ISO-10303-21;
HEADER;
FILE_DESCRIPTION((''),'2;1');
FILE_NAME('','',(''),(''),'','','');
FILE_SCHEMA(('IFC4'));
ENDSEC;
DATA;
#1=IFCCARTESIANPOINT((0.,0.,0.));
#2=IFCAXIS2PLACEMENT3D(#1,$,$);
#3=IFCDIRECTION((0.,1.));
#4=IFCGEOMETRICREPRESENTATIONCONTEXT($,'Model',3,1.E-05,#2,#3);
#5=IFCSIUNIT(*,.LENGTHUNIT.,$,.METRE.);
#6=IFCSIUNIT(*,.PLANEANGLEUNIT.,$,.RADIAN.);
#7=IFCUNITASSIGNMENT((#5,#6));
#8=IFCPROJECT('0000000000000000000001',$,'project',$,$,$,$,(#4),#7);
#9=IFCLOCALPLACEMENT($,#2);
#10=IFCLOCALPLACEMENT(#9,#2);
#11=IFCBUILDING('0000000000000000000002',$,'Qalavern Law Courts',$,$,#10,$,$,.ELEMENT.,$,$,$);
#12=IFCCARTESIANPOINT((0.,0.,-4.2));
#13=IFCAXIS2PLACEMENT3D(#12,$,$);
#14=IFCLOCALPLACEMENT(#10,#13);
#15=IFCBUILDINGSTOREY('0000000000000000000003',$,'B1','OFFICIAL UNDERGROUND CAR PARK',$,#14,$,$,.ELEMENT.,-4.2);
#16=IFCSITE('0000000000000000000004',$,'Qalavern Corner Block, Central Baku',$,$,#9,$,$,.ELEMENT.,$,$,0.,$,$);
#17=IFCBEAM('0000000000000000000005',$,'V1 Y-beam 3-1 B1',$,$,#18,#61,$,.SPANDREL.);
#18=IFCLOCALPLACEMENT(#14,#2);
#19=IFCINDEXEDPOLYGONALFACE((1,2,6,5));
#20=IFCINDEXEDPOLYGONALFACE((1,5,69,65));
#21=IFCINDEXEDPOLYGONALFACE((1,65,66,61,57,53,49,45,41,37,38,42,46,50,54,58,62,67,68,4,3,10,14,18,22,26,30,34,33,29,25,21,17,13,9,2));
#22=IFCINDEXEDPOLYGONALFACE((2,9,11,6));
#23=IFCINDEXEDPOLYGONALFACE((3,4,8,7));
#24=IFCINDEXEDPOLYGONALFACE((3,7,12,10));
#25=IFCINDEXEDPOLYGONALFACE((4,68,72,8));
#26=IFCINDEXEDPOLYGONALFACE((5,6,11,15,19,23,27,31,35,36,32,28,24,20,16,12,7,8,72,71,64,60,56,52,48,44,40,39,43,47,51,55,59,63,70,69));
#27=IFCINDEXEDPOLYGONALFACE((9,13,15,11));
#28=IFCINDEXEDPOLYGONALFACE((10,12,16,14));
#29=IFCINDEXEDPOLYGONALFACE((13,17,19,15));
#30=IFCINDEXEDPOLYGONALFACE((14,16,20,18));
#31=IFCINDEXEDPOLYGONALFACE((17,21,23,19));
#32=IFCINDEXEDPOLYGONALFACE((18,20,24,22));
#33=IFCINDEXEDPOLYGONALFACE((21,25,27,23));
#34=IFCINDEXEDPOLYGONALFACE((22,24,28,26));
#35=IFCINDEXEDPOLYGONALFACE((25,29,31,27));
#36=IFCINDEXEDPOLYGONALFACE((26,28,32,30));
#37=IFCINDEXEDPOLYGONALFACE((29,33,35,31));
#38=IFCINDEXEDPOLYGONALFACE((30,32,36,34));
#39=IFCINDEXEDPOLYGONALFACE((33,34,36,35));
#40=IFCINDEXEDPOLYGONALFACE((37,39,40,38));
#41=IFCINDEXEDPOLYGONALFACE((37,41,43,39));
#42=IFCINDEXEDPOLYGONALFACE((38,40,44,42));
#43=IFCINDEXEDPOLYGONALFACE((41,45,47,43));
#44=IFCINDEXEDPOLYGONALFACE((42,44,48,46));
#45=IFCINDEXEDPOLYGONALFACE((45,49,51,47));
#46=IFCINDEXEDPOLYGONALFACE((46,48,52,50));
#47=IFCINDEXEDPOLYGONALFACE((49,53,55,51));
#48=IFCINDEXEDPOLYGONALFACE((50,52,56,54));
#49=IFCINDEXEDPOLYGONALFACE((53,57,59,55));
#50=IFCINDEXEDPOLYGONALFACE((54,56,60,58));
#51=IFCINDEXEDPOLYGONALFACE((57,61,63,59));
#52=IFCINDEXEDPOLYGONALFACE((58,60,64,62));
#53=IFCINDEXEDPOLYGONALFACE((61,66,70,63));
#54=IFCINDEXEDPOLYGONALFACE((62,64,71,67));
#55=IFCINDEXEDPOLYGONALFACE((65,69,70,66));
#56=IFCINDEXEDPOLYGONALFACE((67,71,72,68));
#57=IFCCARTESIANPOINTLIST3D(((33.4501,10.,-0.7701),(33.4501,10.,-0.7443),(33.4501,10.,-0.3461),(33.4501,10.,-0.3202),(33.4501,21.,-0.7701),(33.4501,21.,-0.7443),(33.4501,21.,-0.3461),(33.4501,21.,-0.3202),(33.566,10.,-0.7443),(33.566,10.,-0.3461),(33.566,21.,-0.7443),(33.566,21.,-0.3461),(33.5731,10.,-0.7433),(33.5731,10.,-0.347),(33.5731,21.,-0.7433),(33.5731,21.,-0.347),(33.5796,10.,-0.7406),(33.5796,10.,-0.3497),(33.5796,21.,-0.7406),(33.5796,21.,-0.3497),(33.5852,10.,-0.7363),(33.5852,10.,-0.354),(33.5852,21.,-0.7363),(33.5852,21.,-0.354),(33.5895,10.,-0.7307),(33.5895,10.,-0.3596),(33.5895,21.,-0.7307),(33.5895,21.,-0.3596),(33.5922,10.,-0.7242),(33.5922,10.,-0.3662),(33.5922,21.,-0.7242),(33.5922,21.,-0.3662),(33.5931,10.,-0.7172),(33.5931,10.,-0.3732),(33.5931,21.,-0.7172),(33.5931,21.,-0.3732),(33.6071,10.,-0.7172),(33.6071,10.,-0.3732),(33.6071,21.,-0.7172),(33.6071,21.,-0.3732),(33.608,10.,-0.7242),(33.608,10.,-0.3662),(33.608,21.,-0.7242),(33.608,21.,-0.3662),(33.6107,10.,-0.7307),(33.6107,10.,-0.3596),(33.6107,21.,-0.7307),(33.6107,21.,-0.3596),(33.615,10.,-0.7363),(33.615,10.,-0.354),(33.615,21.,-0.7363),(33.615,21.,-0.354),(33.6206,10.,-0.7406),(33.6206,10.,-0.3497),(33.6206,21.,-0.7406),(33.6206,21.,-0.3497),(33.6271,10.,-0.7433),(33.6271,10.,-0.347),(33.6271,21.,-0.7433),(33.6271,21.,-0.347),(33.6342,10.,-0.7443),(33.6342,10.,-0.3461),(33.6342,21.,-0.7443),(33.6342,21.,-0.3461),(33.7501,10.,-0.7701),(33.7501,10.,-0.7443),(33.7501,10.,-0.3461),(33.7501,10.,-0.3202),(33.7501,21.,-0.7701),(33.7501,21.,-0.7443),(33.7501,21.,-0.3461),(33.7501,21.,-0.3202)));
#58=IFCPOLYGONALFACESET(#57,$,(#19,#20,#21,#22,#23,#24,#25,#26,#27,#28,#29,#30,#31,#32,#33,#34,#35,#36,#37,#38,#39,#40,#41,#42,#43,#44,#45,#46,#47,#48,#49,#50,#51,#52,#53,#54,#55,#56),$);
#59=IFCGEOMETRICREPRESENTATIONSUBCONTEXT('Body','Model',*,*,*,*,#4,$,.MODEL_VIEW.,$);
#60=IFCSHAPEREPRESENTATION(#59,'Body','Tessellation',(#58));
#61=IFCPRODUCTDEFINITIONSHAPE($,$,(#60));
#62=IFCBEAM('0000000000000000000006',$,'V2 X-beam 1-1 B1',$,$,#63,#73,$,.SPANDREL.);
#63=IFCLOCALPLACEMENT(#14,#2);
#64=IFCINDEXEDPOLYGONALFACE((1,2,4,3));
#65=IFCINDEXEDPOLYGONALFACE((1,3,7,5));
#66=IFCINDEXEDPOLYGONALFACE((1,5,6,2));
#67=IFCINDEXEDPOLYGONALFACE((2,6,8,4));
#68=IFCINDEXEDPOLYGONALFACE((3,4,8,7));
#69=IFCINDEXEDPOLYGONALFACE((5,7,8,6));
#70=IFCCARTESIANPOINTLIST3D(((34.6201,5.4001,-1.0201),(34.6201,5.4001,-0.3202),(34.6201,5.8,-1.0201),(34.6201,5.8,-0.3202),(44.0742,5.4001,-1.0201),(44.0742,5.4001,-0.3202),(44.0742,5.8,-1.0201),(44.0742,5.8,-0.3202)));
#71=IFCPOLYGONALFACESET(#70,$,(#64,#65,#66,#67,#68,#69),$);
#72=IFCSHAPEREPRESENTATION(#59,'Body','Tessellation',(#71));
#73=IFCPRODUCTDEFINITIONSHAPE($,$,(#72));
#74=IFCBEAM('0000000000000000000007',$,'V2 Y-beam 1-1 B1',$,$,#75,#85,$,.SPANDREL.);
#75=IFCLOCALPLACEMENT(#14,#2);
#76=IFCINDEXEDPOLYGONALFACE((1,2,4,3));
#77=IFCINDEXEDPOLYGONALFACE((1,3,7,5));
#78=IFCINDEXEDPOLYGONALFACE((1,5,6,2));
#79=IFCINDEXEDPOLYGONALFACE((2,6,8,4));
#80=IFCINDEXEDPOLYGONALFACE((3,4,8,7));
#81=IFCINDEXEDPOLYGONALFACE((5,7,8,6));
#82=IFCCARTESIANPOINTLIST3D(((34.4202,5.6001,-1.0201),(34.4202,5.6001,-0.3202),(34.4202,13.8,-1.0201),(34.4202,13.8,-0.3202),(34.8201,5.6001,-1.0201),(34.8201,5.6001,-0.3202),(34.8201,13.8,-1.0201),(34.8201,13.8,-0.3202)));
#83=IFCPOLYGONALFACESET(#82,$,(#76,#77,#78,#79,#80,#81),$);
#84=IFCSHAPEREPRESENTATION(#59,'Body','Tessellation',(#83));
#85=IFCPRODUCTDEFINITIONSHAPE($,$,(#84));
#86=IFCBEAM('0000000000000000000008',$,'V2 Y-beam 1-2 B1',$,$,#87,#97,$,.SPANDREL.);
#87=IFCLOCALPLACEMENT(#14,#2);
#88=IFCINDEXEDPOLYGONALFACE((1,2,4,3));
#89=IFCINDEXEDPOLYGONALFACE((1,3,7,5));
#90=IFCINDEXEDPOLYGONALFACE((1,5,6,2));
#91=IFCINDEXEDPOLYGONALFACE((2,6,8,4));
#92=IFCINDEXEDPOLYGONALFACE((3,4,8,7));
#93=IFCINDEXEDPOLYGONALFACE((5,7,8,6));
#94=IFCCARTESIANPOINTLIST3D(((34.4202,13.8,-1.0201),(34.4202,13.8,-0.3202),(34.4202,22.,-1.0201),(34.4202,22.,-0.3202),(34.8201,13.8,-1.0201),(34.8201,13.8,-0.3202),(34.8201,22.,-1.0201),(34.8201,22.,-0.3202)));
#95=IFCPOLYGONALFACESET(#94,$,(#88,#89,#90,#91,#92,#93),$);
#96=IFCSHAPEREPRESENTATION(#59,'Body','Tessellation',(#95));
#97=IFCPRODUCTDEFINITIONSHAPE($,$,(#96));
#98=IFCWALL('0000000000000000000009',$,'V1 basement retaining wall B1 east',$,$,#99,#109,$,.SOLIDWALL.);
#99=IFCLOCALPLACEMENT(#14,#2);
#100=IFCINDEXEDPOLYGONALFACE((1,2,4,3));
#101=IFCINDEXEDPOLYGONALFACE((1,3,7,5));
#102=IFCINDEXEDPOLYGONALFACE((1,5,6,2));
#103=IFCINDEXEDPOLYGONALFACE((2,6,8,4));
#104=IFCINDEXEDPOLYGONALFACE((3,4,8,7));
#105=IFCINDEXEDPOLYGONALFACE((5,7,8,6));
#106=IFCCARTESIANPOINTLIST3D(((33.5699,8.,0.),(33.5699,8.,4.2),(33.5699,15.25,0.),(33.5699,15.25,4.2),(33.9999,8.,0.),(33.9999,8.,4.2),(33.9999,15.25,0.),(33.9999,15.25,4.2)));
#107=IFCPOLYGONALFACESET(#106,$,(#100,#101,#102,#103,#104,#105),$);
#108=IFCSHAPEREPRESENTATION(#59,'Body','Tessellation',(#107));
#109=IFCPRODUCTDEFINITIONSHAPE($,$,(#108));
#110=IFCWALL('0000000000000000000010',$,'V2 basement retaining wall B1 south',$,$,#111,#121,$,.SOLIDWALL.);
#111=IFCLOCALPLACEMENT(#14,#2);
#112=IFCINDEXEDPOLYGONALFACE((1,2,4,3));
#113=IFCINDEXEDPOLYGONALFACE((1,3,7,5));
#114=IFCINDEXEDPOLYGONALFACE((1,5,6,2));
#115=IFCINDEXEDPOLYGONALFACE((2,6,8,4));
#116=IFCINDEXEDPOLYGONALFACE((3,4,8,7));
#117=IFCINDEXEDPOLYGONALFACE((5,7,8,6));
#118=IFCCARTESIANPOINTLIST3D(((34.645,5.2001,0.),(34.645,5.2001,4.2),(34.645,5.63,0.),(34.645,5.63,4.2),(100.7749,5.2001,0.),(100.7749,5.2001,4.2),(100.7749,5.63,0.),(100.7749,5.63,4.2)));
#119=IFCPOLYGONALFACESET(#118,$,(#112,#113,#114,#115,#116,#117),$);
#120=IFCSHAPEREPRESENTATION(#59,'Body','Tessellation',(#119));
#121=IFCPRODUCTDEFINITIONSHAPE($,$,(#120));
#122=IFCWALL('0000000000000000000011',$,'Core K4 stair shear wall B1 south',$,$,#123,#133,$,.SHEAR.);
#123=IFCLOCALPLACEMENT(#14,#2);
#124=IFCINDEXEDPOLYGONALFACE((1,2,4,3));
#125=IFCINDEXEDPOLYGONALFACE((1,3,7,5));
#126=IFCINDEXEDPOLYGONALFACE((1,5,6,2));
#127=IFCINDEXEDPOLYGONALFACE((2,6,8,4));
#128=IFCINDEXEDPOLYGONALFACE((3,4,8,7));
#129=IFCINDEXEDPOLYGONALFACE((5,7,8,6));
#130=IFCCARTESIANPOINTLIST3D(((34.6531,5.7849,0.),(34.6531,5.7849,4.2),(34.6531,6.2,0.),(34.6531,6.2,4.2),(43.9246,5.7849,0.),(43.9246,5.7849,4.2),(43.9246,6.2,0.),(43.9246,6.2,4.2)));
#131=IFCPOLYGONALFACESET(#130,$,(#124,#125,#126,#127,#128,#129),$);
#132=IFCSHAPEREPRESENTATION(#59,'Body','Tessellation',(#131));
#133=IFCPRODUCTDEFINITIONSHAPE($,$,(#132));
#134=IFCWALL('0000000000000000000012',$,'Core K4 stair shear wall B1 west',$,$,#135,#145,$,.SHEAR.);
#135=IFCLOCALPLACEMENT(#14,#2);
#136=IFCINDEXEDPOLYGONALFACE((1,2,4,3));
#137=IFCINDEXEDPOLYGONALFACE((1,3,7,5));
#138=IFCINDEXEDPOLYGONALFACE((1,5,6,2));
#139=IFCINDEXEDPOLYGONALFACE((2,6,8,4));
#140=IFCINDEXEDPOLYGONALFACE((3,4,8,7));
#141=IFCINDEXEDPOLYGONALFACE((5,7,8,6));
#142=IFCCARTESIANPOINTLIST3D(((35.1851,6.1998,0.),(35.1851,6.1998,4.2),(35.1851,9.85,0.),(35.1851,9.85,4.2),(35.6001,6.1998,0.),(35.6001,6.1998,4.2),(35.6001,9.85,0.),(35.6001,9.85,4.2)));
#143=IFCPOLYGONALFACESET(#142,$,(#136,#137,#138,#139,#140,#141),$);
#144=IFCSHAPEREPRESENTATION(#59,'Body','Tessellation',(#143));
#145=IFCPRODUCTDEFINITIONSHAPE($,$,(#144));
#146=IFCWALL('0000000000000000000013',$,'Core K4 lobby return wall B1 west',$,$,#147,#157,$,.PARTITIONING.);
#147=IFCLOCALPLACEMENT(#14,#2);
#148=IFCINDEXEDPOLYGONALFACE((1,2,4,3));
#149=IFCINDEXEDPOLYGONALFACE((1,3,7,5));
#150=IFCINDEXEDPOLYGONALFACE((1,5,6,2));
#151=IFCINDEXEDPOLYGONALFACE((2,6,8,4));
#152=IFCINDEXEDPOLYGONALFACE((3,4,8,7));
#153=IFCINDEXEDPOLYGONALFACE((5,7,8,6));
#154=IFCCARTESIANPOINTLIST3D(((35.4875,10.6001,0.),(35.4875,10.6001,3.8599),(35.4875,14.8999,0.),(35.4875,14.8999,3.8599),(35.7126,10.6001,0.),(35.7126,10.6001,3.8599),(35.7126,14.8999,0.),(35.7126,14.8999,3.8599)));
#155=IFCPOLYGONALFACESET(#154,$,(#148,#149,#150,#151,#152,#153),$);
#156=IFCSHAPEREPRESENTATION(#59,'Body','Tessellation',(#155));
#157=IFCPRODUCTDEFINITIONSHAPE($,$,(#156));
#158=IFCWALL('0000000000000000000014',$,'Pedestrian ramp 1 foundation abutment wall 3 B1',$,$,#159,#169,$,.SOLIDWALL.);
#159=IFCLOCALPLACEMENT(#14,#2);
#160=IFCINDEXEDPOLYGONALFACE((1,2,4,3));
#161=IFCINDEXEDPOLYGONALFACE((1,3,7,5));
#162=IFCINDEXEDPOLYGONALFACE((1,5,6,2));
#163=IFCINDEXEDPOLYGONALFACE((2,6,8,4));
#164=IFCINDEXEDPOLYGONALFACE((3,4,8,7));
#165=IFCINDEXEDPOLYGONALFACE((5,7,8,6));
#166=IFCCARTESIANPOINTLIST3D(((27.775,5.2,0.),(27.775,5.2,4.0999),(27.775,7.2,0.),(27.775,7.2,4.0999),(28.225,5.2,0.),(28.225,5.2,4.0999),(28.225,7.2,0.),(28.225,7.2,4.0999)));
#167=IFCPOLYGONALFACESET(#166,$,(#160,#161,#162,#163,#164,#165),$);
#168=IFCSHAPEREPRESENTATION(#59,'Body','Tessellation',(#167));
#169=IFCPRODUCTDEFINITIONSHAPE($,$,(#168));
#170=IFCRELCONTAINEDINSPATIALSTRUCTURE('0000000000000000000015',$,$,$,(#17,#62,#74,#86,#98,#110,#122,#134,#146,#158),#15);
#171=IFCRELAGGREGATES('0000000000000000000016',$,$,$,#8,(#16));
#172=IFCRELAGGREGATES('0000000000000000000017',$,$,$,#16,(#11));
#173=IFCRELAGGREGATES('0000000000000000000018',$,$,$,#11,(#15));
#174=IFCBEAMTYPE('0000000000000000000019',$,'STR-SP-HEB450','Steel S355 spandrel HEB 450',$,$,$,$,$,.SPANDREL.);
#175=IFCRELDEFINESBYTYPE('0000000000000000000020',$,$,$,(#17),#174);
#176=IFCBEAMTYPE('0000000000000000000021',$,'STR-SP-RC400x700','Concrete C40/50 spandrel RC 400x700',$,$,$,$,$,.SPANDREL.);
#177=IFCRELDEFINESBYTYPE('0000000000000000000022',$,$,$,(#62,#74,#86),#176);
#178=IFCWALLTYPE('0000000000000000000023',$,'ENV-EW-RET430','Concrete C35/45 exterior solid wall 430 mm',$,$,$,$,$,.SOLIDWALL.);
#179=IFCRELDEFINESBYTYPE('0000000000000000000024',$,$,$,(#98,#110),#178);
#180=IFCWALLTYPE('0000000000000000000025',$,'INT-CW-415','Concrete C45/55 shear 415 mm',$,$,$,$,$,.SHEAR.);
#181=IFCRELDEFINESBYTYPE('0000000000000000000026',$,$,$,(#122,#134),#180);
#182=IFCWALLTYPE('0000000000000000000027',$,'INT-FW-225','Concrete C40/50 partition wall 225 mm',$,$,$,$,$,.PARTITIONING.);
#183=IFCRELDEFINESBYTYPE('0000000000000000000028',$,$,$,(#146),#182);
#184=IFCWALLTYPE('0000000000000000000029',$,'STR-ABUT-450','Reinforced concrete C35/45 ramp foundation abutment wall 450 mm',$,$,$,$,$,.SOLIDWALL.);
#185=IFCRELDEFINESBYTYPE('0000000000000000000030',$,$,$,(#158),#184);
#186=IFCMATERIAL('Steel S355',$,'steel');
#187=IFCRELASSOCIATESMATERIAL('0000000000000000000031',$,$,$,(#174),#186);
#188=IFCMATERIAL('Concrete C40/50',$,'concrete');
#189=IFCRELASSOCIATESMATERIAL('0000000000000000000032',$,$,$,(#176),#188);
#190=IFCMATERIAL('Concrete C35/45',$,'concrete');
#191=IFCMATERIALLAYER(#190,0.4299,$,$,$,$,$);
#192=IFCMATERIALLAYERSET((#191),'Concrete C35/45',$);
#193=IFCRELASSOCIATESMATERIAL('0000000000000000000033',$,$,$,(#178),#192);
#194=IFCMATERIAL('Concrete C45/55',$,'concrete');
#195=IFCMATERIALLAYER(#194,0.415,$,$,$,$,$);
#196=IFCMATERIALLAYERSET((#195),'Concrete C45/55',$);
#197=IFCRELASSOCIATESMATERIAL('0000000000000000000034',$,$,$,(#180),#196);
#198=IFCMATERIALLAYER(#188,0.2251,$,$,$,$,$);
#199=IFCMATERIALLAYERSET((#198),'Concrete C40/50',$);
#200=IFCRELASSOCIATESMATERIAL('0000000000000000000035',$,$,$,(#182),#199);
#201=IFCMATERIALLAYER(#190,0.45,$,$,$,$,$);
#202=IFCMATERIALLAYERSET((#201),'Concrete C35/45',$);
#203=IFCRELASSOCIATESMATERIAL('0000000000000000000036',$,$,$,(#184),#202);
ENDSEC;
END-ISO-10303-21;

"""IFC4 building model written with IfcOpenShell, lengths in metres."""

from ifc_helpers import new_model, si_unit, direction, frame, frame_2d, origin, origin_2d, place, context, subcontext, project, spatial, rectangle, i_section, extrude, material, layer, layer_set, material_profile, profile_set, type_object, element, save


model = new_model("IFC4")

# Units and contexts
model_context = context("Model", 3, precision=1e-05, world=origin(), true_north=direction((0.0, 1.0)))
body_context = subcontext(model_context, "Body", "Model", "MODEL_VIEW")
ifc_project = project(units=[si_unit("LENGTHUNIT", "METRE"), si_unit("PLANEANGLEUNIT", "RADIAN")], contexts=[model_context])

# Site, building, storey
site_placement = place(None, origin())
site = spatial("IfcSite", under=ifc_project, at=site_placement, Name="Qalavern Corner Block, Central Baku", CompositionType="ELEMENT", RefElevation=0.0)
building_placement = place(site_placement, origin())
building = spatial("IfcBuilding", under=site, at=building_placement, Name="Qalavern Law Courts", CompositionType="ELEMENT")
storey_placement = place(building_placement, frame((0.0, 0.0, -4.2)))
storey = spatial("IfcBuildingStorey", under=building, at=storey_placement, Name="B1", Description="OFFICIAL UNDERGROUND CAR PARK", CompositionType="ELEMENT", Elevation=-4.2)

# Shared definitions
ifc_material_1 = material(Name="Steel S355", Category="steel")
ifc_material_2 = material(Name="Concrete C45/55", Category="concrete")

# Beams
ifc_material_profile_1 = material_profile(ifc_material_1, i_section(OverallWidth=0.3, OverallDepth=0.45, WebThickness=0.0139, FlangeThickness=0.0259, FilletRadius=0.0271, at=origin_2d()), Name="HEB 450")
ifc_profile_set_1 = profile_set([ifc_material_profile_1], Name="Steel S355")
beam_type_1 = type_object("IfcBeamType", Name="STR-SP-HEB450", Description="Steel S355 spandrel HEB 450", PredefinedType="SPANDREL", material=ifc_profile_set_1)
beam_1_placement = place(storey_placement, frame((33.6001, 10.0, -0.5452), z_axis=(0.0, 1.0, 0.0), x_axis=(-1.0, 0.0, 0.0)))
element("IfcBeam", 1, at=beam_1_placement, inside=storey, type_object=beam_type_1, Name="V1 Y-beam 3-1 B1", PredefinedType="SPANDREL", context=body_context, shape_type="SweptSolid", body=[
    extrude(i_section(OverallWidth=0.3, OverallDepth=0.45, WebThickness=0.0139, FlangeThickness=0.0259, FilletRadius=0.0271, at=origin_2d()), origin(), (0.0, 0.0, 1.0), 11.0),
])
ifc_material_3 = material(Name="Concrete C40/50", Category="concrete")
ifc_material_profile_2 = material_profile(ifc_material_3, rectangle(XDim=0.3999, YDim=0.7, at=origin_2d()), Name="RC 400x700")
ifc_profile_set_2 = profile_set([ifc_material_profile_2], Name="Concrete C40/50")
beam_type_2 = type_object("IfcBeamType", Name="STR-SP-RC400x700", Description="Concrete C40/50 spandrel RC 400x700", PredefinedType="SPANDREL", material=ifc_profile_set_2)
beam_2_placement = place(storey_placement, frame((34.6201, 5.6001, -0.6702), z_axis=(1.0, 0.0, 0.0), x_axis=(0.0, 1.0, 0.0)))
element("IfcBeam", 2, at=beam_2_placement, inside=storey, type_object=beam_type_2, Name="V2 X-beam 1-1 B1", PredefinedType="SPANDREL", context=body_context, shape_type="SweptSolid", body=[
    extrude(rectangle(XDim=0.3999, YDim=0.7, at=origin_2d()), origin(), (0.0, 0.0, 1.0), 9.4541),
])
for number, where, z_axis, x_axis, name in (
    (3, (34.6201, 5.6001, -0.6702), (0.0, 1.0, 0.0), (-1.0, 0.0, 0.0), "V2 Y-beam 1-1 B1"),
    (4, (34.6201, 13.8, -0.6702), (0.0, 1.0, 0.0), (-1.0, 0.0, 0.0), "V2 Y-beam 1-2 B1"),
):
    element("IfcBeam", number, at=place(storey_placement, frame(where, z_axis=z_axis, x_axis=x_axis)), inside=storey, type_object=beam_type_2, Name=name, PredefinedType="SPANDREL", context=body_context, shape_type="SweptSolid", body=[
        extrude(rectangle(XDim=0.3999, YDim=0.7, at=origin_2d()), origin(), (0.0, 0.0, 1.0), 8.2),
    ])

# Walls
ifc_material_4 = material(Name="Concrete C35/45", Category="concrete")
ifc_layer_1 = layer(ifc_material_4, 0.4299)
ifc_layer_set_1 = layer_set([ifc_layer_1], Name="Concrete C35/45")
wall_type_1 = type_object("IfcWallType", Name="ENV-EW-RET430", Description="Concrete C35/45 exterior solid wall 430 mm", PredefinedType="SOLIDWALL", material=ifc_layer_set_1)
wall_1_placement = place(storey_placement, frame((33.7849, 8.0, 0.0), z_axis=(0.0, 0.0, 1.0), x_axis=(0.0, 1.0, 0.0)))
element("IfcWall", 5, at=wall_1_placement, inside=storey, type_object=wall_type_1, Name="V1 basement retaining wall B1 east", PredefinedType="SOLIDWALL", context=body_context, shape_type="SweptSolid", body=[
    extrude(rectangle(XDim=7.25, YDim=0.4299, at=frame_2d((3.625, 0.0))), origin(), (0.0, 0.0, 1.0), 4.2),
])
wall_2_placement = place(storey_placement, frame((34.645, 5.415, 0.0), z_axis=(0.0, 0.0, 1.0), x_axis=(1.0, 0.0, 0.0)))
element("IfcWall", 6, at=wall_2_placement, inside=storey, type_object=wall_type_1, Name="V2 basement retaining wall B1 south", PredefinedType="SOLIDWALL", context=body_context, shape_type="SweptSolid", body=[
    extrude(rectangle(XDim=66.1299, YDim=0.4299, at=frame_2d((33.0649, 0.0))), origin(), (0.0, 0.0, 1.0), 4.2),
])
ifc_layer_2 = layer(ifc_material_2, 0.415)
ifc_layer_set_2 = layer_set([ifc_layer_2], Name="Concrete C45/55")
wall_type_2 = type_object("IfcWallType", Name="INT-CW-415", Description="Concrete C45/55 shear 415 mm", PredefinedType="SHEAR", material=ifc_layer_set_2)
wall_3_placement = place(storey_placement, frame((34.6531, 5.9924, 0.0), z_axis=(0.0, 0.0, 1.0), x_axis=(1.0, 0.0, 0.0)))
element("IfcWall", 7, at=wall_3_placement, inside=storey, type_object=wall_type_2, Name="Core K4 stair shear wall B1 south", PredefinedType="SHEAR", context=body_context, shape_type="SweptSolid", body=[
    extrude(rectangle(XDim=9.2715, YDim=0.415, at=frame_2d((4.6357, 0.0))), origin(), (0.0, 0.0, 1.0), 4.2),
])
wall_4_placement = place(storey_placement, frame((35.3926, 9.8501, 0.0), z_axis=(0.0, 0.0, 1.0), x_axis=(0.0, -1.0, 0.0)))
element("IfcWall", 8, at=wall_4_placement, inside=storey, type_object=wall_type_2, Name="Core K4 stair shear wall B1 west", PredefinedType="SHEAR", context=body_context, shape_type="SweptSolid", body=[
    extrude(rectangle(XDim=3.6501, YDim=0.415, at=frame_2d((1.8252, 0.0))), origin(), (0.0, 0.0, 1.0), 4.2),
])
ifc_layer_3 = layer(ifc_material_3, 0.2251)
ifc_layer_set_3 = layer_set([ifc_layer_3], Name="Concrete C40/50")
wall_type_3 = type_object("IfcWallType", Name="INT-FW-225", Description="Concrete C40/50 partition wall 225 mm", PredefinedType="PARTITIONING", material=ifc_layer_set_3)
wall_5_placement = place(storey_placement, frame((35.6001, 10.6001, 0.0), z_axis=(0.0, 0.0, 1.0), x_axis=(0.0, 1.0, 0.0)))
element("IfcWall", 9, at=wall_5_placement, inside=storey, type_object=wall_type_3, Name="Core K4 lobby return wall B1 west", PredefinedType="PARTITIONING", context=body_context, shape_type="SweptSolid", body=[
    extrude(rectangle(XDim=4.2998, YDim=0.2251, at=frame_2d((2.1499, 0.0))), origin(), (0.0, 0.0, 1.0), 3.8599),
])
ifc_layer_4 = layer(ifc_material_4, 0.45)
ifc_layer_set_4 = layer_set([ifc_layer_4], Name="Concrete C35/45")
wall_type_4 = type_object("IfcWallType", Name="STR-ABUT-450", Description="Reinforced concrete C35/45 ramp foundation abutment wall 450 mm", PredefinedType="SOLIDWALL", material=ifc_layer_set_4)
wall_6_placement = place(storey_placement, frame((28.0, 5.2, 0.0), z_axis=(0.0, 0.0, 1.0), x_axis=(0.0, 1.0, 0.0)))
element("IfcWall", 10, at=wall_6_placement, inside=storey, type_object=wall_type_4, Name="Pedestrian ramp 1 foundation abutment wall 3 B1", PredefinedType="SOLIDWALL", context=body_context, shape_type="SweptSolid", body=[
    extrude(rectangle(XDim=2.0, YDim=0.45, at=frame_2d((1.0, 0.0))), origin(), (0.0, 0.0, 1.0), 4.0999),
])

save(model, "model.ifc")
